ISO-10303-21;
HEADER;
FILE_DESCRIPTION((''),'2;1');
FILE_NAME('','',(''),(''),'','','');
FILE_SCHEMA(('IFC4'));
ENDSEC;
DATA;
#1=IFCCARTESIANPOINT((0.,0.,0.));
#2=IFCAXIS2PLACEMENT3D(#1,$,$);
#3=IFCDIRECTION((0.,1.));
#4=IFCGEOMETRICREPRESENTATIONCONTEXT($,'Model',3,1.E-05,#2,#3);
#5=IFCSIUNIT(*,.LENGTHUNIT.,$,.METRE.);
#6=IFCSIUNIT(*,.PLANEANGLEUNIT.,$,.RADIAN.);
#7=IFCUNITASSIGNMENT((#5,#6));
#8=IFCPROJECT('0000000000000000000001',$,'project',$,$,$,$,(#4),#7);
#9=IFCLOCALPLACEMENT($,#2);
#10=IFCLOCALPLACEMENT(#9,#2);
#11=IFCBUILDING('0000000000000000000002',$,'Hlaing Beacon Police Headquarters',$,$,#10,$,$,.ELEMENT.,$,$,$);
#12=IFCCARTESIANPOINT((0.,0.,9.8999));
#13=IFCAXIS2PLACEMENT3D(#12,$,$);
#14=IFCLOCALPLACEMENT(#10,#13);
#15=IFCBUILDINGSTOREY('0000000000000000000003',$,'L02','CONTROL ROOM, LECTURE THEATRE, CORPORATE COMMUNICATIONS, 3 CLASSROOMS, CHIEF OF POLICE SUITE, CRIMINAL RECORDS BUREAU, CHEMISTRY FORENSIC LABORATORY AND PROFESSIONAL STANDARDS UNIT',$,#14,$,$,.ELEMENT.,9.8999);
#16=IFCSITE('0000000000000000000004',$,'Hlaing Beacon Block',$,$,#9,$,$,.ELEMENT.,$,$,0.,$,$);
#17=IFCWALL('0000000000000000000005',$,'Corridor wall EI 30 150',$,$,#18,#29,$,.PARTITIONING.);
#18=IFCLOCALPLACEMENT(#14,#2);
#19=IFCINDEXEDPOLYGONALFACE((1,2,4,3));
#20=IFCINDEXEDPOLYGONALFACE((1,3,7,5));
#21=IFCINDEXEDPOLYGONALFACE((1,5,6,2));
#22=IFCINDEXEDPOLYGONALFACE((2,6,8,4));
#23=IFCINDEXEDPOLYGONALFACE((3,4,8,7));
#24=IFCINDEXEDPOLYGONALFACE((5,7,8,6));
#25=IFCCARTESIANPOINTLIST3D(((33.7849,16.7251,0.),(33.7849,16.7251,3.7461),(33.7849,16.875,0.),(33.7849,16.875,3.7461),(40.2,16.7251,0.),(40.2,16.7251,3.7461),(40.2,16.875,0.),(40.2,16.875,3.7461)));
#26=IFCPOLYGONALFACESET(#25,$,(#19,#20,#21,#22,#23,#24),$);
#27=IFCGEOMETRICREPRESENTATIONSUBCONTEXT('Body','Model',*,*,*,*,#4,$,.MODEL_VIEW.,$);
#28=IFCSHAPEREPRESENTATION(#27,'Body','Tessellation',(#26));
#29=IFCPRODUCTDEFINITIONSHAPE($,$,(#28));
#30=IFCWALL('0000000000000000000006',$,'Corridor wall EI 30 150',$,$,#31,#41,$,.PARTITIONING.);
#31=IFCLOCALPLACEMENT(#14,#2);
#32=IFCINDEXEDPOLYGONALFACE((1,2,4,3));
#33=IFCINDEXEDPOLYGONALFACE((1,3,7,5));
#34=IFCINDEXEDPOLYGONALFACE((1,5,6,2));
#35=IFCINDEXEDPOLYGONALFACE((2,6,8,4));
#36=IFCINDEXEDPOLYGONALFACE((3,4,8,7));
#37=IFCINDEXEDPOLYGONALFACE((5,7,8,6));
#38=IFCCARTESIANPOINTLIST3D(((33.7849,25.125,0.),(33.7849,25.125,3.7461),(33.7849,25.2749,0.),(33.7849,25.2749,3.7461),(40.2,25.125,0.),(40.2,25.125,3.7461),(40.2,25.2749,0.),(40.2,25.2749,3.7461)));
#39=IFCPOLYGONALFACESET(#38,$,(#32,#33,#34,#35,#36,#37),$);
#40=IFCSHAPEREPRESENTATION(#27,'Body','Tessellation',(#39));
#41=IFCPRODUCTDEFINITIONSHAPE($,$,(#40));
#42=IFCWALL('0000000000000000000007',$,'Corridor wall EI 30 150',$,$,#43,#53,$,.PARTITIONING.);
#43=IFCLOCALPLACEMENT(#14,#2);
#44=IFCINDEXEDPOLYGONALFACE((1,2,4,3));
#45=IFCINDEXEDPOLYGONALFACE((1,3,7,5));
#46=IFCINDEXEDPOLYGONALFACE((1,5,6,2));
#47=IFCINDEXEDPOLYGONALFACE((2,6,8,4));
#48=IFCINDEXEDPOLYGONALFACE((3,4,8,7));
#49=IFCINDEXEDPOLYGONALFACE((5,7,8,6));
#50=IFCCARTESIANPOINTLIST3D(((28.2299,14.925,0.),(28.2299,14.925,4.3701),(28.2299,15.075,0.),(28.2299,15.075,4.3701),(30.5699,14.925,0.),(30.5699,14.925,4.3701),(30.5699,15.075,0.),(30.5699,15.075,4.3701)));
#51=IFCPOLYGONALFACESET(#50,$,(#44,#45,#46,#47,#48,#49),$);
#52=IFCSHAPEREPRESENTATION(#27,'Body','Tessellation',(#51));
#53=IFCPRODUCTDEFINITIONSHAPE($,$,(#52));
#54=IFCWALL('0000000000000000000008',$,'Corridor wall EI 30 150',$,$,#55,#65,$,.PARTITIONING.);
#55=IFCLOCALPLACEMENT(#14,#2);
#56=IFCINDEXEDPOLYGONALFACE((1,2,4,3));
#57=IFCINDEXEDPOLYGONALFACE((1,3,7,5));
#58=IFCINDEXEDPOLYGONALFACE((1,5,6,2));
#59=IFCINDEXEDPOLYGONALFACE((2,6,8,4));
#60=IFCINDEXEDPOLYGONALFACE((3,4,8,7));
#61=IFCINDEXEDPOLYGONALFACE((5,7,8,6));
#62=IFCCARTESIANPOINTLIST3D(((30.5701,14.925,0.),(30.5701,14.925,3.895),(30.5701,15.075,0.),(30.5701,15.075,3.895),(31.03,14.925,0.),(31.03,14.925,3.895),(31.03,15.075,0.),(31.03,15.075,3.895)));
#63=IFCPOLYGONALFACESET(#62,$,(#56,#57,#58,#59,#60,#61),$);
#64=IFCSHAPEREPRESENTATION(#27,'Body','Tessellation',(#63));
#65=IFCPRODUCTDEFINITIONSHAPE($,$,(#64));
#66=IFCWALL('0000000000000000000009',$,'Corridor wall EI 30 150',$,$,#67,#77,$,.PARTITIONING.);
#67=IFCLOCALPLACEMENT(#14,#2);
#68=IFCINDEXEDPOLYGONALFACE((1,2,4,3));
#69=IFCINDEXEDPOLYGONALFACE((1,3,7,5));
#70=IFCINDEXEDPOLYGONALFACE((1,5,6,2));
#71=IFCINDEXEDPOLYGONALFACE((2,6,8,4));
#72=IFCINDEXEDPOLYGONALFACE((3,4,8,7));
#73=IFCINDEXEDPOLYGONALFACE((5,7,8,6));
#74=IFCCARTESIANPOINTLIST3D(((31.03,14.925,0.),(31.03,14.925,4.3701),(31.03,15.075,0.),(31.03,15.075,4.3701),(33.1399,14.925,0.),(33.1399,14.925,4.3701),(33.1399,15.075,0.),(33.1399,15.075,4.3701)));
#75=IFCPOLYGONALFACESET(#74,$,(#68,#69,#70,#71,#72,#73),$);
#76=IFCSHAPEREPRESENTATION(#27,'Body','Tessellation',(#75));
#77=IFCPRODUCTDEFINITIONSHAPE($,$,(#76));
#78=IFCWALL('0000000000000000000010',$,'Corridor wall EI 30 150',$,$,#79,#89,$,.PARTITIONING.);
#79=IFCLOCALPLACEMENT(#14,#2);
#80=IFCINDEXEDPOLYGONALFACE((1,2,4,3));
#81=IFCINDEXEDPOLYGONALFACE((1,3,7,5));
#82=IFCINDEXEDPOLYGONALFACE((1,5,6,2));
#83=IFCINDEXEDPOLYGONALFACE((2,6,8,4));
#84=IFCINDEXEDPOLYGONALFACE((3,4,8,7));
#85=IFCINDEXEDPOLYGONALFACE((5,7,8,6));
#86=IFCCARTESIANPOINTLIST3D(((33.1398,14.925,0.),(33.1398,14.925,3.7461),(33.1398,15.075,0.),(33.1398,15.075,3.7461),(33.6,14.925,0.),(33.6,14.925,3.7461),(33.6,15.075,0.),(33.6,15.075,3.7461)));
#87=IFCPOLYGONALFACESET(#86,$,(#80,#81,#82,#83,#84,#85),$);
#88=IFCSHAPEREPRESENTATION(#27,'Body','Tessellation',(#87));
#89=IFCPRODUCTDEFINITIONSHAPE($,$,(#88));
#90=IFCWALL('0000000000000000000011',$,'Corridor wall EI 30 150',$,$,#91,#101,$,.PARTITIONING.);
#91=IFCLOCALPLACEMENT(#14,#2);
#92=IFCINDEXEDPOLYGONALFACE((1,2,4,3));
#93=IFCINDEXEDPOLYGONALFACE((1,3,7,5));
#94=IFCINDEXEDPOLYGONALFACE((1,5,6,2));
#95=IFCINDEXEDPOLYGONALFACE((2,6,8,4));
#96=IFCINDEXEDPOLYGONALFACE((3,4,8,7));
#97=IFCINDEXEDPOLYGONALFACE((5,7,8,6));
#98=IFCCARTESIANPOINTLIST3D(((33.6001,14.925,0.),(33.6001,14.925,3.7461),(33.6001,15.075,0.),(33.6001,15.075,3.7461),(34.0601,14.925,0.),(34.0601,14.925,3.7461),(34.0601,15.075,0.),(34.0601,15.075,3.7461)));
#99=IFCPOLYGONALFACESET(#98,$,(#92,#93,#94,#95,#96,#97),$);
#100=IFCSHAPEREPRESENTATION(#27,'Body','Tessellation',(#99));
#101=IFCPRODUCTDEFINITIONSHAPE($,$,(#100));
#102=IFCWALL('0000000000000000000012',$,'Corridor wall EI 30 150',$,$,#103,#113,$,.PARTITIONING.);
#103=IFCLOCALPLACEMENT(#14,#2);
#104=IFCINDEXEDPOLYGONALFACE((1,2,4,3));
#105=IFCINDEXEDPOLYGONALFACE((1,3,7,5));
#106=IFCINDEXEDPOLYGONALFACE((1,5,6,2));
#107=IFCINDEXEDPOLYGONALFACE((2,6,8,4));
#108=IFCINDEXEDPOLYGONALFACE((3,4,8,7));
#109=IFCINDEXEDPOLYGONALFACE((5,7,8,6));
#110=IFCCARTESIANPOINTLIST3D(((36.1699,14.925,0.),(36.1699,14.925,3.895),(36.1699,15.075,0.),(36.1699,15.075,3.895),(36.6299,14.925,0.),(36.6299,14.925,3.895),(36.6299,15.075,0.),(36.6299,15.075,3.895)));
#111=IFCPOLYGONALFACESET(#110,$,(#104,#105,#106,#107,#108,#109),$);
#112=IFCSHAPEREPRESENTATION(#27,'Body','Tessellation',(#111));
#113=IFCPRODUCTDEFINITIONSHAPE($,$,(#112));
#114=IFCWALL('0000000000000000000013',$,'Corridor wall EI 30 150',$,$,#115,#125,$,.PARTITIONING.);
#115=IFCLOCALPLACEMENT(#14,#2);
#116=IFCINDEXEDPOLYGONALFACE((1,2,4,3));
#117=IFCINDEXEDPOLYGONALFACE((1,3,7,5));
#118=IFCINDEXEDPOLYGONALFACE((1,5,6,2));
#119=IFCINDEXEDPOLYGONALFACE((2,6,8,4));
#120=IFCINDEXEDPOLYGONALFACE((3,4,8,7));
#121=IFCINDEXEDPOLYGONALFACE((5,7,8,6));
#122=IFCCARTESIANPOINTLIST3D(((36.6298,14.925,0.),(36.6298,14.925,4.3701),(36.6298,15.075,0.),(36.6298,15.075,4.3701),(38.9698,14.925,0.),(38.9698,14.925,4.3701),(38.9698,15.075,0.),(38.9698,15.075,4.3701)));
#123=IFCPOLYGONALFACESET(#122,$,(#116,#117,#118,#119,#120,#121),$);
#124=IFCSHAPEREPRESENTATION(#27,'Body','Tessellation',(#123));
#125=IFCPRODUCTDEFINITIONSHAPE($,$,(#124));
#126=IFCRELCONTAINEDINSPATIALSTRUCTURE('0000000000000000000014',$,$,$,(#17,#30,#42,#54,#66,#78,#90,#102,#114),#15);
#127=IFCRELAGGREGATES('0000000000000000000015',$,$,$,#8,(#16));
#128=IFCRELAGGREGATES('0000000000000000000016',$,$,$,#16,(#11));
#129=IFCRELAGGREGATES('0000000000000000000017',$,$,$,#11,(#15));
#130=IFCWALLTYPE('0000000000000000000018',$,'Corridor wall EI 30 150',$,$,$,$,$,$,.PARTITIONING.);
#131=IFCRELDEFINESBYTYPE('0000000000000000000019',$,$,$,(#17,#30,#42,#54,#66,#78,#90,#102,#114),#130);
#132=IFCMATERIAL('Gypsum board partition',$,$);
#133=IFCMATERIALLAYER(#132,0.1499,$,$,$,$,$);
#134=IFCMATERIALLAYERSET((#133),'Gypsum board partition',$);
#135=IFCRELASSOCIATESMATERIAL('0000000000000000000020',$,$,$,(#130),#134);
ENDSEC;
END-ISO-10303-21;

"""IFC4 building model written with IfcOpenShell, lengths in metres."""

from ifc_helpers import new_model, si_unit, direction, frame, frame_2d, origin, place, context, subcontext, project, spatial, rectangle, extrude, material, layer, layer_set, type_object, element, save


model = new_model("IFC4")

# Units and contexts
model_context = context("Model", 3, precision=1e-05, world=origin(), true_north=direction((0.0, 1.0)))
body_context = subcontext(model_context, "Body", "Model", "MODEL_VIEW")
ifc_project = project(units=[si_unit("LENGTHUNIT", "METRE"), si_unit("PLANEANGLEUNIT", "RADIAN")], contexts=[model_context])

# Site, building, storey
site_placement = place(None, origin())
site = spatial("IfcSite", under=ifc_project, at=site_placement, Name="Hlaing Beacon Block", CompositionType="ELEMENT", RefElevation=0.0)
building_placement = place(site_placement, origin())
building = spatial("IfcBuilding", under=site, at=building_placement, Name="Hlaing Beacon Police Headquarters", CompositionType="ELEMENT")
storey_placement = place(building_placement, frame((0.0, 0.0, 9.8999)))
storey = spatial("IfcBuildingStorey", under=building, at=storey_placement, Name="L02", Description="CONTROL ROOM, LECTURE THEATRE, CORPORATE COMMUNICATIONS, 3 CLASSROOMS, CHIEF OF POLICE SUITE, CRIMINAL RECORDS BUREAU, CHEMISTRY FORENSIC LABORATORY AND PROFESSIONAL STANDARDS UNIT", CompositionType="ELEMENT", Elevation=9.8999)

# Walls
ifc_material_1 = material(Name="Gypsum board partition")
ifc_layer_1 = layer(ifc_material_1, 0.1499)
ifc_layer_set_1 = layer_set([ifc_layer_1], Name="Gypsum board partition")
wall_type = type_object("IfcWallType", Name="Corridor wall EI 30 150", PredefinedType="PARTITIONING", material=ifc_layer_set_1)
for number, where, z_axis, x_axis, name in (
    (1, (33.7849, 16.8, 0.0), (0.0, 0.0, 1.0), (1.0, 0.0, 0.0), "Corridor wall EI 30 150"),
    (2, (33.7849, 25.2, 0.0), (0.0, 0.0, 1.0), (1.0, 0.0, 0.0), "Corridor wall EI 30 150"),
):
    element("IfcWall", number, at=place(storey_placement, frame(where, z_axis=z_axis, x_axis=x_axis)), inside=storey, type_object=wall_type, Name=name, PredefinedType="PARTITIONING", context=body_context, shape_type="SweptSolid", body=[
        extrude(rectangle(XDim=6.415, YDim=0.1499, at=frame_2d((3.2075, 0.0))), origin(), (0.0, 0.0, 1.0), 3.7461),
    ])
wall_1_placement = place(storey_placement, frame((28.23, 15.0, 0.0), z_axis=(0.0, 0.0, 1.0), x_axis=(1.0, 0.0, 0.0)))
element("IfcWall", 3, at=wall_1_placement, inside=storey, type_object=wall_type, Name="Corridor wall EI 30 150", PredefinedType="PARTITIONING", context=body_context, shape_type="SweptSolid", body=[
    extrude(rectangle(XDim=2.3401, YDim=0.1499, at=frame_2d((1.1699, 0.0))), origin(), (0.0, 0.0, 1.0), 4.3701),
])
wall_2_placement = place(storey_placement, frame((30.5701, 15.0, 0.0), z_axis=(0.0, 0.0, 1.0), x_axis=(1.0, 0.0, 0.0)))
element("IfcWall", 4, at=wall_2_placement, inside=storey, type_object=wall_type, Name="Corridor wall EI 30 150", PredefinedType="PARTITIONING", context=body_context, shape_type="SweptSolid", body=[
    extrude(rectangle(XDim=0.46, YDim=0.1499, at=frame_2d((0.23, 0.0))), origin(), (0.0, 0.0, 1.0), 3.895),
])
wall_3_placement = place(storey_placement, frame((31.03, 15.0, 0.0), z_axis=(0.0, 0.0, 1.0), x_axis=(1.0, 0.0, 0.0)))
element("IfcWall", 5, at=wall_3_placement, inside=storey, type_object=wall_type, Name="Corridor wall EI 30 150", PredefinedType="PARTITIONING", context=body_context, shape_type="SweptSolid", body=[
    extrude(rectangle(XDim=2.1099, YDim=0.1499, at=frame_2d((1.0549, 0.0))), origin(), (0.0, 0.0, 1.0), 4.3701),
])
wall_4_placement = place(storey_placement, frame((33.1399, 15.0, 0.0), z_axis=(0.0, 0.0, 1.0), x_axis=(1.0, 0.0, 0.0)))
element("IfcWall", 6, at=wall_4_placement, inside=storey, type_object=wall_type, Name="Corridor wall EI 30 150", PredefinedType="PARTITIONING", context=body_context, shape_type="SweptSolid", body=[
    extrude(rectangle(XDim=0.4602, YDim=0.1499, at=frame_2d((0.23, 0.0))), origin(), (0.0, 0.0, 1.0), 3.7461),
])
wall_5_placement = place(storey_placement, frame((33.6001, 15.0, 0.0), z_axis=(0.0, 0.0, 1.0), x_axis=(1.0, 0.0, 0.0)))
element("IfcWall", 7, at=wall_5_placement, inside=storey, type_object=wall_type, Name="Corridor wall EI 30 150", PredefinedType="PARTITIONING", context=body_context, shape_type="SweptSolid", body=[
    extrude(rectangle(XDim=0.46, YDim=0.1499, at=frame_2d((0.23, 0.0))), origin(), (0.0, 0.0, 1.0), 3.7461),
])

# Walls
wall_6_placement = place(storey_placement, frame((36.1699, 15.0, 0.0), z_axis=(0.0, 0.0, 1.0), x_axis=(1.0, 0.0, 0.0)))
element("IfcWall", 8, at=wall_6_placement, inside=storey, type_object=wall_type, Name="Corridor wall EI 30 150", PredefinedType="PARTITIONING", context=body_context, shape_type="SweptSolid", body=[
    extrude(rectangle(XDim=0.46, YDim=0.1499, at=frame_2d((0.23, 0.0))), origin(), (0.0, 0.0, 1.0), 3.895),
])
wall_7_placement = place(storey_placement, frame((36.6299, 15.0, 0.0), z_axis=(0.0, 0.0, 1.0), x_axis=(1.0, 0.0, 0.0)))
element("IfcWall", 9, at=wall_7_placement, inside=storey, type_object=wall_type, Name="Corridor wall EI 30 150", PredefinedType="PARTITIONING", context=body_context, shape_type="SweptSolid", body=[
    extrude(rectangle(XDim=2.3401, YDim=0.1499, at=frame_2d((1.1699, 0.0))), origin(), (0.0, 0.0, 1.0), 4.3701),
])

save(model, "model.ifc")
